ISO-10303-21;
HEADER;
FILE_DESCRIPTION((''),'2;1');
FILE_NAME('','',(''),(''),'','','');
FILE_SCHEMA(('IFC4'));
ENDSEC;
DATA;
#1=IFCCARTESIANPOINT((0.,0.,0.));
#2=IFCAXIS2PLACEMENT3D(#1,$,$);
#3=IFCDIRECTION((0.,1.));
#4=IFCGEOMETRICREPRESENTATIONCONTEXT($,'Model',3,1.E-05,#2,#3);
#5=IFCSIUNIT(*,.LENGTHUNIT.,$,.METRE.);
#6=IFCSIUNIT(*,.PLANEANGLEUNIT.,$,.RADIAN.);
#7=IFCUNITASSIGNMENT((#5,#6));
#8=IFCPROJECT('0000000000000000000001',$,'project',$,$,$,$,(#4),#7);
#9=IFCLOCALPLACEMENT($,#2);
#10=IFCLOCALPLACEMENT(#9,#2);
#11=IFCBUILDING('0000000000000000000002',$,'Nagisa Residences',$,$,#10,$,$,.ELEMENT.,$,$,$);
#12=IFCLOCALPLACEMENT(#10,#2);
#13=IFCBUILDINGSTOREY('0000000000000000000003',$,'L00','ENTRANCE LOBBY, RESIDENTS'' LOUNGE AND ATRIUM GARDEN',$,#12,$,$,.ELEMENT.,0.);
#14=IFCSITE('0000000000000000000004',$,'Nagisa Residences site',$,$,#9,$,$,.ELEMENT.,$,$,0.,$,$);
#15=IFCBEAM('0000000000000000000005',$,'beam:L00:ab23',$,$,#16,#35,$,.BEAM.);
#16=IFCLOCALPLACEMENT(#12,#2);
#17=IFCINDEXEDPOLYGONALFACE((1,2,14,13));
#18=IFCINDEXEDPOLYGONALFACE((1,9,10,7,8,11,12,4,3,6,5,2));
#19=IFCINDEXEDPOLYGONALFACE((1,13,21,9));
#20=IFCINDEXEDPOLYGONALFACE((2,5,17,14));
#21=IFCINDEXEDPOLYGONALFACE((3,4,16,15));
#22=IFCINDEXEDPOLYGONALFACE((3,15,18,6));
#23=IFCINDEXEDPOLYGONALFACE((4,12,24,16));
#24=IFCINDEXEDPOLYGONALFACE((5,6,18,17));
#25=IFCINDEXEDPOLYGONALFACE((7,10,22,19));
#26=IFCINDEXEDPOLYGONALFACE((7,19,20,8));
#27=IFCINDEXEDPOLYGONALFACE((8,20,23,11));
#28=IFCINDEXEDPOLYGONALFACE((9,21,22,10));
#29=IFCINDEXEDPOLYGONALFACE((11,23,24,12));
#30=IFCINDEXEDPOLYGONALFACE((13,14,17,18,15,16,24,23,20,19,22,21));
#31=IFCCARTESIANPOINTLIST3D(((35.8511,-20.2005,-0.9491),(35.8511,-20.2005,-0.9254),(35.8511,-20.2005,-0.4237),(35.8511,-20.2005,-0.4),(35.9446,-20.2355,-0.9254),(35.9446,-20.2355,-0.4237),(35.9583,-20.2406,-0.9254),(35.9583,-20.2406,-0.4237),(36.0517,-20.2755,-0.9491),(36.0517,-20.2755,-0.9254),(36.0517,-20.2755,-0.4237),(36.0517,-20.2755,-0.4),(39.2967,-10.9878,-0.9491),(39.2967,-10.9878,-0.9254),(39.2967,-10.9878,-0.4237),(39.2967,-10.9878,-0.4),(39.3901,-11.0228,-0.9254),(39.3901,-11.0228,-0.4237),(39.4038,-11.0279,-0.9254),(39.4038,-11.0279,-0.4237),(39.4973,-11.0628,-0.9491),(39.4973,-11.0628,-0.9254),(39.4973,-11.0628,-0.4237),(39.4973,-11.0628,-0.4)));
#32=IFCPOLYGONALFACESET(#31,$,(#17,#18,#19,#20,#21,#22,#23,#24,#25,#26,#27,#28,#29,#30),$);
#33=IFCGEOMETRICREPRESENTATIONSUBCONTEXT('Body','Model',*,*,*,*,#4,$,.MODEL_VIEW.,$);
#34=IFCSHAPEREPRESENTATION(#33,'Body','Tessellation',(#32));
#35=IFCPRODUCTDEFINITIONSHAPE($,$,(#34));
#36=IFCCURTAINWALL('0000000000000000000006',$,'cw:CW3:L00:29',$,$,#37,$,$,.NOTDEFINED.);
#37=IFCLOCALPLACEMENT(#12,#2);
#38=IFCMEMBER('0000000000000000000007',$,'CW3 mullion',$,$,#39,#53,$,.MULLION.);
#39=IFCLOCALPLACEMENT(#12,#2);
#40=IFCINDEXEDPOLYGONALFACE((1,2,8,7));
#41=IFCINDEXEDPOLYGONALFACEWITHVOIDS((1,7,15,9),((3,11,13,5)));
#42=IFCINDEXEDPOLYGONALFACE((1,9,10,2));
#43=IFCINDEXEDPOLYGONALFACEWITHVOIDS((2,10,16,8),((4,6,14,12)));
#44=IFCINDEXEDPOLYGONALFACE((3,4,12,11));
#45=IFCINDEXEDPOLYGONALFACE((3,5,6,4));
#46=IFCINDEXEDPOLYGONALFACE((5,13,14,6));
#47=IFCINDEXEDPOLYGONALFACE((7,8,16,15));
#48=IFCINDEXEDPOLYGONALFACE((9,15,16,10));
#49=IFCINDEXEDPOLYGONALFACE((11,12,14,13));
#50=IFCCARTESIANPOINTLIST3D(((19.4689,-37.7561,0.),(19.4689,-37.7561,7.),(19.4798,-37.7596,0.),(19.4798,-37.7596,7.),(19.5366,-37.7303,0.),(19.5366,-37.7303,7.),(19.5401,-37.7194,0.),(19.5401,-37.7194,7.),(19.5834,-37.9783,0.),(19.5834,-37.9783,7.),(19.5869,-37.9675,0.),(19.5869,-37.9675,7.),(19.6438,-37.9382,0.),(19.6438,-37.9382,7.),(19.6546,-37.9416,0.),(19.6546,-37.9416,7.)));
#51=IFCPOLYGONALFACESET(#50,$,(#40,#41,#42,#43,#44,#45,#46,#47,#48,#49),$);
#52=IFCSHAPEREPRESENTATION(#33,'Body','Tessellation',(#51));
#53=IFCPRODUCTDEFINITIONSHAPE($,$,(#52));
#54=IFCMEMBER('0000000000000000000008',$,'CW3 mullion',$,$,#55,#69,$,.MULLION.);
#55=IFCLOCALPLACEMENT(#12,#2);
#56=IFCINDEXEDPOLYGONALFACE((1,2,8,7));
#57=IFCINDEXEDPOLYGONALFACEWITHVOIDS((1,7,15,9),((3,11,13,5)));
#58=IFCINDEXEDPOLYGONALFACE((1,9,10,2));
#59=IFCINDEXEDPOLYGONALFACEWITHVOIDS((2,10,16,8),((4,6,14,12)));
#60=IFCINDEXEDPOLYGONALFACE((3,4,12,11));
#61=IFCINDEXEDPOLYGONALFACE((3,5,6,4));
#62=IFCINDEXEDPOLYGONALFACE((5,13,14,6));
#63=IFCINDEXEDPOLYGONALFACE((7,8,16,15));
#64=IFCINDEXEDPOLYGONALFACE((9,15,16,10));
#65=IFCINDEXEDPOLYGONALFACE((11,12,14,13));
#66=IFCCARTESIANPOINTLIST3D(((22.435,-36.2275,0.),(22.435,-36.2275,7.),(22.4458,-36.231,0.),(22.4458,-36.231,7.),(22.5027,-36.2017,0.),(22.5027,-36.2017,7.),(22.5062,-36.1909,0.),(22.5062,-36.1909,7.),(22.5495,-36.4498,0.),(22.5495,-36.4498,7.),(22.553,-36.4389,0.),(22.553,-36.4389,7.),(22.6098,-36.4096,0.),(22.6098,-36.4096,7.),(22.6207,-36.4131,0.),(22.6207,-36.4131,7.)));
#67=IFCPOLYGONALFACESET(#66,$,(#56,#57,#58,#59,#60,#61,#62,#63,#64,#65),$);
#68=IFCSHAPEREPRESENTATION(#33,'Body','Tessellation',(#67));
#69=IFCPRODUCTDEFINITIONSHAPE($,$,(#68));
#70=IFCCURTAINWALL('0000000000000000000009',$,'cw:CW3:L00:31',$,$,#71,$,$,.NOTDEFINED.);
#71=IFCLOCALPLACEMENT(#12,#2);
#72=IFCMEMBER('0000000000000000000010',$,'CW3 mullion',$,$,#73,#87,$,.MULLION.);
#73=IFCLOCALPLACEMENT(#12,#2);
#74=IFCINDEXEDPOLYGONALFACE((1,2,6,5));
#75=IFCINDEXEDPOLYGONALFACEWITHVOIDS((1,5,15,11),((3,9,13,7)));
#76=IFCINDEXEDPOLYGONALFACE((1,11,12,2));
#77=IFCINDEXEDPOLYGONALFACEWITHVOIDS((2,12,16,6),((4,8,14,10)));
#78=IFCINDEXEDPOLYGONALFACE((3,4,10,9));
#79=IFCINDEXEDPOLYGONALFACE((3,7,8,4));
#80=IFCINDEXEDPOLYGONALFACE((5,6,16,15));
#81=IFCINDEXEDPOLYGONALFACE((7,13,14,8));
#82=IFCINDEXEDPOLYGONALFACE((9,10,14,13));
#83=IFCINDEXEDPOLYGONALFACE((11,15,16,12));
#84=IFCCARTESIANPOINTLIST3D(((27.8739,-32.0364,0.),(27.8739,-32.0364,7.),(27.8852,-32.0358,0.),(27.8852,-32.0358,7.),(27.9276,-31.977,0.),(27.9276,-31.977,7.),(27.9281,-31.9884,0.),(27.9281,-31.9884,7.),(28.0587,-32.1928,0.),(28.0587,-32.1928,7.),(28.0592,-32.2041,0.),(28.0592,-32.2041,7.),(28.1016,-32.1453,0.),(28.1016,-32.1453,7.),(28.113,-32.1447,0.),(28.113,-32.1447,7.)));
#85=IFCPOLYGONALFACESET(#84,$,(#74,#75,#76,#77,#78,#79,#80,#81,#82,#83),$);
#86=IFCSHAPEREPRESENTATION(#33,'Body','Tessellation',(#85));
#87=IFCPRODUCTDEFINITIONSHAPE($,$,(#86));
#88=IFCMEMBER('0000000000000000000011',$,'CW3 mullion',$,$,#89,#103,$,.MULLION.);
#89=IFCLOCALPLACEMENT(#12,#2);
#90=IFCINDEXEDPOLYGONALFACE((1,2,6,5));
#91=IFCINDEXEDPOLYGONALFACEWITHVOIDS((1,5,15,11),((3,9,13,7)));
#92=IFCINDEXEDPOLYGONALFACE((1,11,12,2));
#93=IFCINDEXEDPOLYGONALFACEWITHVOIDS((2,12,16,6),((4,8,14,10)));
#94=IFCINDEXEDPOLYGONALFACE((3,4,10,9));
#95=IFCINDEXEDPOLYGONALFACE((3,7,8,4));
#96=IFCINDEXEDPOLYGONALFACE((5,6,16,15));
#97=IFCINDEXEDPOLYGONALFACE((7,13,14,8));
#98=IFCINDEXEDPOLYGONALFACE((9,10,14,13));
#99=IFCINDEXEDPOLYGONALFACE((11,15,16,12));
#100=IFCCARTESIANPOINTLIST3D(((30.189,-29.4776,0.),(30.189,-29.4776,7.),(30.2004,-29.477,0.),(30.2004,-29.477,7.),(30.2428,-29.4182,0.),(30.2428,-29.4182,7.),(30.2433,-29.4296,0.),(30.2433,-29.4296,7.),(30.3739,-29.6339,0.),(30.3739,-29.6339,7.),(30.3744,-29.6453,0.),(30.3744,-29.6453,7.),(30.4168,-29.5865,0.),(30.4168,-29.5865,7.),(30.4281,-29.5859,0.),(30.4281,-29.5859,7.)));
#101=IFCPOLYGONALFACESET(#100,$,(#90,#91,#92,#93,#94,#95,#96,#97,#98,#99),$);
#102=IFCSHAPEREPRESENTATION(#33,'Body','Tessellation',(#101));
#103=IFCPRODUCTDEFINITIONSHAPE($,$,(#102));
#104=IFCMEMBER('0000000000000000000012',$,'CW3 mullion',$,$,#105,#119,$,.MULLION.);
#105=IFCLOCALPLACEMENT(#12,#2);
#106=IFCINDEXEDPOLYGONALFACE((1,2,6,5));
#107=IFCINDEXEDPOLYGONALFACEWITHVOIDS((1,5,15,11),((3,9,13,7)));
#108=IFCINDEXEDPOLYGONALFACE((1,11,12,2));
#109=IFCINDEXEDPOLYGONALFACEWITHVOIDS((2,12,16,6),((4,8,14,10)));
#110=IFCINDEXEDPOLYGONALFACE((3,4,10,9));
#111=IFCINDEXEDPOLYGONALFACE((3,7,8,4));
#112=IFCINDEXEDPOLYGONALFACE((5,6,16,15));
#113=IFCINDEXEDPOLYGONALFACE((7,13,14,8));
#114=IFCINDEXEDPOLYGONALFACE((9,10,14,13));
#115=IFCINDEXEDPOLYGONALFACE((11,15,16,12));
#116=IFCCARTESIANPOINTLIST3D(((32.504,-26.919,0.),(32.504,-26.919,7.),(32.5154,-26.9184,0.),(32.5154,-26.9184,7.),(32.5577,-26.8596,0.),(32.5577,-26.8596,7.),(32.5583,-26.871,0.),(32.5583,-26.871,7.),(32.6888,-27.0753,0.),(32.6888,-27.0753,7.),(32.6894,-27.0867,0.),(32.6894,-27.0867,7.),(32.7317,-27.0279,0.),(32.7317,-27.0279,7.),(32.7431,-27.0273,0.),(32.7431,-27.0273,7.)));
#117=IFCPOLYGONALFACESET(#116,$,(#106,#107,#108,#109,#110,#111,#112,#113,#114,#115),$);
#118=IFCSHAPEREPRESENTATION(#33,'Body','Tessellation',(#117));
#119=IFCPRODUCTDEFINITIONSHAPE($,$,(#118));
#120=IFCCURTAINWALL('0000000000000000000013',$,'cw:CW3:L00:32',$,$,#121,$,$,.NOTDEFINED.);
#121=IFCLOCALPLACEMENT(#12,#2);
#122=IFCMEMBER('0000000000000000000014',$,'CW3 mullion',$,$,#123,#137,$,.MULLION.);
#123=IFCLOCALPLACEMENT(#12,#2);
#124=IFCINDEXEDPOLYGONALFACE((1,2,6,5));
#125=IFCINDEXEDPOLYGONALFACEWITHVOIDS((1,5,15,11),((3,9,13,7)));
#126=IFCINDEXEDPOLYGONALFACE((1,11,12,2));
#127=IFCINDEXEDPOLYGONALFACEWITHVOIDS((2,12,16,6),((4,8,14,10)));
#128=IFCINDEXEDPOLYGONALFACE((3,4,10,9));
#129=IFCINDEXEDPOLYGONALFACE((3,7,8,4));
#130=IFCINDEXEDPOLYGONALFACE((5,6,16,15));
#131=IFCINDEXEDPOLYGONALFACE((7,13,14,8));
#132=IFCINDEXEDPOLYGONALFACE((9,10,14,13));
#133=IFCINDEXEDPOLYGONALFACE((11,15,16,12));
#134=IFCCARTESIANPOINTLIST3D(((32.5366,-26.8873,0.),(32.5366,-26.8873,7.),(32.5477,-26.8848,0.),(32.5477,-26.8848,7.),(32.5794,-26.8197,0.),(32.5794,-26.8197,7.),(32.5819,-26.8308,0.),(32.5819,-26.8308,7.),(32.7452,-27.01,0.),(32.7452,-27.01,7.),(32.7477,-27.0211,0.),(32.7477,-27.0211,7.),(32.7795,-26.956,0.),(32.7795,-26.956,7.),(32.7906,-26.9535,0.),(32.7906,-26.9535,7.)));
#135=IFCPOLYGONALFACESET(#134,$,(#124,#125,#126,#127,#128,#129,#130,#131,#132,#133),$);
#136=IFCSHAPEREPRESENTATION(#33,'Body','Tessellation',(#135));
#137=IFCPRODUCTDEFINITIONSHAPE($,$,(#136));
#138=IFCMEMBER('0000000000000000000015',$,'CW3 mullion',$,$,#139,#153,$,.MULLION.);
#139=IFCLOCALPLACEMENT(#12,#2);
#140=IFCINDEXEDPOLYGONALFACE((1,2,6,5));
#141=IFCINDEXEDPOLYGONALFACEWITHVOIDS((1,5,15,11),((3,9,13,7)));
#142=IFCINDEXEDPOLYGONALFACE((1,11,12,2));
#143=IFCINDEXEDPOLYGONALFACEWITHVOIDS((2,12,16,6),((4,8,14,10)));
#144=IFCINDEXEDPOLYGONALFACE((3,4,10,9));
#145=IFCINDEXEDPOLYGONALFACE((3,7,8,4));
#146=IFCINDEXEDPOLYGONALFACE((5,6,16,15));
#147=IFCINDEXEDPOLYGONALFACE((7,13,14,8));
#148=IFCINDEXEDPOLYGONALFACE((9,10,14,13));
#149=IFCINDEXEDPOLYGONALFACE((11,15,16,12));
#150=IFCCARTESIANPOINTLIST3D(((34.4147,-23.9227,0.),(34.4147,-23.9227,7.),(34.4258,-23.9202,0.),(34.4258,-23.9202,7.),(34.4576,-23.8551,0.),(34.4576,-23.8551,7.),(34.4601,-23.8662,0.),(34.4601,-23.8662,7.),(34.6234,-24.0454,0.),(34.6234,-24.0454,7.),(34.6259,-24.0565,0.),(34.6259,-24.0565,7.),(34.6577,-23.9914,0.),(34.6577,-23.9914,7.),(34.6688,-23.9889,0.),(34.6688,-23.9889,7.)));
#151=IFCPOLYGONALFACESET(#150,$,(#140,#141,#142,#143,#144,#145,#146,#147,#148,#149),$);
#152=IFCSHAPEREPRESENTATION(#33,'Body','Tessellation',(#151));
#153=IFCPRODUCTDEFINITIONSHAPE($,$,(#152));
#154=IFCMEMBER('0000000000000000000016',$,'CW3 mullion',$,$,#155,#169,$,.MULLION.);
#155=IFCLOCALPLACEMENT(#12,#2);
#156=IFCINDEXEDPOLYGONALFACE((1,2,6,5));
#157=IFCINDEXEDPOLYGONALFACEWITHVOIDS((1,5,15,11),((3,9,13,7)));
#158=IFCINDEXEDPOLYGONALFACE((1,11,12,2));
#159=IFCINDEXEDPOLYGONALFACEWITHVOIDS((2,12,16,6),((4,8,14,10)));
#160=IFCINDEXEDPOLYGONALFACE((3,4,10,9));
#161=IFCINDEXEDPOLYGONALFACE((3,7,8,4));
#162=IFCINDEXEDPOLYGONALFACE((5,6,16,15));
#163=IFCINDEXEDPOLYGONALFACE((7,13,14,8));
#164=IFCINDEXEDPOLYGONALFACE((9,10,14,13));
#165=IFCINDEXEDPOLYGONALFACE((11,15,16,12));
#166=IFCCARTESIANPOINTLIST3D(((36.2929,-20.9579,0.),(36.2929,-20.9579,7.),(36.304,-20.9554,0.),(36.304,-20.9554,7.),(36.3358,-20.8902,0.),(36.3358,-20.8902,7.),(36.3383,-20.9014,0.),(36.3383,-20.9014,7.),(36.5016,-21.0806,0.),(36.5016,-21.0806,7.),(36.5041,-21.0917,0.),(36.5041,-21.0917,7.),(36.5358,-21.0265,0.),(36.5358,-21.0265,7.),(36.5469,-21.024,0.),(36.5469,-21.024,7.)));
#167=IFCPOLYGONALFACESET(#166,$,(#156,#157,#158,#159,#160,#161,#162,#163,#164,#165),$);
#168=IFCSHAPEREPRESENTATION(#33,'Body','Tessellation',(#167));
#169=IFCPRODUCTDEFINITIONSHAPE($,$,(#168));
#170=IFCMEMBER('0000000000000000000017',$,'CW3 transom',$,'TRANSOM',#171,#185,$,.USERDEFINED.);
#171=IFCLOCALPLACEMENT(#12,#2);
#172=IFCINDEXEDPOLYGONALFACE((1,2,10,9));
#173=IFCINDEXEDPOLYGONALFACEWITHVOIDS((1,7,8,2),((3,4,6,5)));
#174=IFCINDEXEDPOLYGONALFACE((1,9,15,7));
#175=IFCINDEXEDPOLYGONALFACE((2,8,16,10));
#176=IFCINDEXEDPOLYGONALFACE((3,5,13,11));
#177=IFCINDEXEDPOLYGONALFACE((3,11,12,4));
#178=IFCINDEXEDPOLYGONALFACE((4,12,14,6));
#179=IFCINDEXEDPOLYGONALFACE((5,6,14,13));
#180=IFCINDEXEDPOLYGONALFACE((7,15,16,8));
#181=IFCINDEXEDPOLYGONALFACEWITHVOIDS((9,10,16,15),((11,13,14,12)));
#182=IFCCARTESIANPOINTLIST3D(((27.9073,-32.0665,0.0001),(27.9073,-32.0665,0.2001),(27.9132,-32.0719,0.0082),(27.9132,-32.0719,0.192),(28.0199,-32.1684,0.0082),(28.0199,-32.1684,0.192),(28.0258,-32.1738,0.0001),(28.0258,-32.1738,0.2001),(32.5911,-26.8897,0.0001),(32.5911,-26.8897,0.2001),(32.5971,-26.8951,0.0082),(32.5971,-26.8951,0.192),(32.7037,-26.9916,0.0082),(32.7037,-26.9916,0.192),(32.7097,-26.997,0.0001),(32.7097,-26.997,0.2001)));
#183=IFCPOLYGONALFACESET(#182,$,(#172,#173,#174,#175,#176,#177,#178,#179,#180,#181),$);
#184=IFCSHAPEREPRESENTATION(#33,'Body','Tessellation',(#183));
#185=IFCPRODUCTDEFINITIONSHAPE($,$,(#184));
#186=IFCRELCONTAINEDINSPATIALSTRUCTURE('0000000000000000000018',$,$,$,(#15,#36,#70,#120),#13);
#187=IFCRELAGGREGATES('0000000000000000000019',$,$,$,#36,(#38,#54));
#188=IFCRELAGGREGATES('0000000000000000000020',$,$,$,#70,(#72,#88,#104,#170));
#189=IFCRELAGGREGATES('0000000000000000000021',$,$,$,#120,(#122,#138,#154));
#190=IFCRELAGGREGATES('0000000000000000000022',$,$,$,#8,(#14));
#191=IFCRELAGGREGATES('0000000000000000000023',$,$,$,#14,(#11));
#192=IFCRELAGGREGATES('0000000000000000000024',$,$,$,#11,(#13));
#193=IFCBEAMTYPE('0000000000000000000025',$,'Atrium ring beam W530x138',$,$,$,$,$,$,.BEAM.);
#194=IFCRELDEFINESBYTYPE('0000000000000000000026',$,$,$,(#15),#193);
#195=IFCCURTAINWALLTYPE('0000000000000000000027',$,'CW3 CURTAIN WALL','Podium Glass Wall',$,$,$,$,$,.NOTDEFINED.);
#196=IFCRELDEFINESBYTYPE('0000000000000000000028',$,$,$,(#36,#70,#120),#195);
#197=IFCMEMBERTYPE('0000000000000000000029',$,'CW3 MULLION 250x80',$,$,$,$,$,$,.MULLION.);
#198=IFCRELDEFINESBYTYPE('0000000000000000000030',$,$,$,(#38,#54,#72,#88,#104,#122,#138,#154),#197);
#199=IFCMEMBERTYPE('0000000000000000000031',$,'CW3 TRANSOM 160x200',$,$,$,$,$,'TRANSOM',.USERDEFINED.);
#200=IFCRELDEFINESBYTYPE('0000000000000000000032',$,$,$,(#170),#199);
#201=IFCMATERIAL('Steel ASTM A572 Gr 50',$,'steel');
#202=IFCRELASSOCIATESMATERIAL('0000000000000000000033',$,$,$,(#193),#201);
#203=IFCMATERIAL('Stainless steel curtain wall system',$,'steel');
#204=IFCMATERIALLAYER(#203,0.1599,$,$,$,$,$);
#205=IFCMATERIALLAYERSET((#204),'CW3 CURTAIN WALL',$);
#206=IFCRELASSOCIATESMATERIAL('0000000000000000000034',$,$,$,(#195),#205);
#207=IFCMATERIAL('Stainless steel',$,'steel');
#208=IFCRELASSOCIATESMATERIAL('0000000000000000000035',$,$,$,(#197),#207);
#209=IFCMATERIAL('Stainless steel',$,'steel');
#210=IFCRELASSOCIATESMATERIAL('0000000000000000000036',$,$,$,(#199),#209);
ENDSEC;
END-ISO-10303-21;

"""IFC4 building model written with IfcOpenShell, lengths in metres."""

from ifc_helpers import new_model, si_unit, direction, frame, origin, origin_2d, place, context, subcontext, project, spatial, hollow_rectangle, i_section, extrude, material, layer, layer_set, material_profile, profile_set, type_object, element, aggregate, save


model = new_model("IFC4")

# Units and contexts
model_context = context("Model", 3, precision=1e-05, world=origin(), true_north=direction((0.0, 1.0)))
body_context = subcontext(model_context, "Body", "Model", "MODEL_VIEW")
ifc_project = project(units=[si_unit("LENGTHUNIT", "METRE"), si_unit("PLANEANGLEUNIT", "RADIAN")], contexts=[model_context])

# Site, building, storey
site_placement = place(None, origin())
site = spatial("IfcSite", under=ifc_project, at=site_placement, Name="Nagisa Residences site", CompositionType="ELEMENT", RefElevation=0.0)
building_placement = place(site_placement, origin())
building = spatial("IfcBuilding", under=site, at=building_placement, Name="Nagisa Residences", CompositionType="ELEMENT")
storey_placement = place(building_placement, origin())
storey = spatial("IfcBuildingStorey", under=building, at=storey_placement, Name="L00", Description="ENTRANCE LOBBY, RESIDENTS' LOUNGE AND ATRIUM GARDEN", CompositionType="ELEMENT", Elevation=0.0)

# Beam
ifc_material_1 = material(Name="Steel ASTM A572 Gr 50", Category="steel")
ifc_material_profile_1 = material_profile(ifc_material_1, i_section(OverallWidth=0.2141, OverallDepth=0.5491, WebThickness=0.0146, FlangeThickness=0.0237, at=origin_2d()), Name="W530x138")
ifc_profile_set_1 = profile_set([ifc_material_profile_1], Name="Steel ASTM A572 Gr 50")
beam_type_1 = type_object("IfcBeamType", Name="Atrium ring beam W530x138", PredefinedType="BEAM", material=ifc_profile_set_1)
beam_1_placement = place(storey_placement, frame((35.9514, -20.238, -0.6746), z_axis=(0.350305, 0.936636, 0.0), x_axis=(-0.936636, 0.350305, 0.0)))
element("IfcBeam", 1, at=beam_1_placement, inside=storey, type_object=beam_type_1, Name="beam:L00:ab23", PredefinedType="BEAM", context=body_context, shape_type="SweptSolid", body=[
    extrude(i_section(OverallWidth=0.2141, OverallDepth=0.5491, WebThickness=0.0146, FlangeThickness=0.0237, at=origin_2d()), origin(), (0.0, 0.0, 1.0), 9.8359),
])

# Curtain walls, members
ifc_material_2 = material(Name="Stainless steel curtain wall system", Category="steel")
ifc_layer_1 = layer(ifc_material_2, 0.1599)
ifc_layer_set_1 = layer_set([ifc_layer_1], Name="CW3 CURTAIN WALL")
curtain_wall_type = type_object("IfcCurtainWallType", Name="CW3 CURTAIN WALL", Description="Podium Glass Wall", PredefinedType="NOTDEFINED", material=ifc_layer_set_1)
curtain_wall_1_placement = place(storey_placement, origin())
curtain_wall_1 = element("IfcCurtainWall", 2, at=curtain_wall_1_placement, inside=storey, type_object=curtain_wall_type, Name="cw:CW3:L00:29", PredefinedType="NOTDEFINED")
ifc_material_3 = material(Name="Stainless steel", Category="steel")
ifc_material_profile_2 = material_profile(ifc_material_3, hollow_rectangle(XDim=0.25, YDim=0.0801, WallThickness=0.0081, at=origin_2d()), Name="CW3 MULLION 250x80")
ifc_profile_set_2 = profile_set([ifc_material_profile_2], Name="Stainless steel")
member_type_1 = type_object("IfcMemberType", Name="CW3 MULLION 250x80", PredefinedType="MULLION", material=ifc_profile_set_2)
member_1_placement = place(storey_placement, frame((19.5618, -37.8489, 0.0), z_axis=(0.0, 0.0, 1.0), x_axis=(-0.458126, 0.888887, 0.0)))
member_1 = element("IfcMember", 3, at=member_1_placement, type_object=member_type_1, Name="CW3 mullion", PredefinedType="MULLION", context=body_context, shape_type="SweptSolid", body=[
    extrude(hollow_rectangle(XDim=0.25, YDim=0.0801, WallThickness=0.0081, at=origin_2d()), origin(), (0.0, 0.0, 1.0), 7.0),
])
member_2_placement = place(storey_placement, frame((22.5278, -36.3203, 0.0), z_axis=(0.0, 0.0, 1.0), x_axis=(-0.458126, 0.888887, 0.0)))
member_2 = element("IfcMember", 4, at=member_2_placement, type_object=member_type_1, Name="CW3 mullion", PredefinedType="MULLION", context=body_context, shape_type="SweptSolid", body=[
    extrude(hollow_rectangle(XDim=0.25, YDim=0.0801, WallThickness=0.0081, at=origin_2d()), origin(), (0.0, 0.0, 1.0), 7.0),
])
curtain_wall_2_placement = place(storey_placement, origin())
curtain_wall_2 = element("IfcCurtainWall", 5, at=curtain_wall_2_placement, inside=storey, type_object=curtain_wall_type, Name="cw:CW3:L00:31", PredefinedType="NOTDEFINED")
member_3_placement = place(storey_placement, frame((27.9934, -32.0906, 0.0), z_axis=(0.0, 0.0, 1.0), x_axis=(-0.741536, 0.670913, 0.0)))
member_3 = element("IfcMember", 6, at=member_3_placement, type_object=member_type_1, Name="CW3 mullion", PredefinedType="MULLION", context=body_context, shape_type="SweptSolid", body=[
    extrude(hollow_rectangle(XDim=0.25, YDim=0.0801, WallThickness=0.0081, at=origin_2d()), origin(), (0.0, 0.0, 1.0), 7.0),
])
member_4_placement = place(storey_placement, frame((30.3086, -29.5317, 0.0), z_axis=(0.0, 0.0, 1.0), x_axis=(-0.741536, 0.670913, 0.0)))
member_4 = element("IfcMember", 7, at=member_4_placement, type_object=member_type_1, Name="CW3 mullion", PredefinedType="MULLION", context=body_context, shape_type="SweptSolid", body=[
    extrude(hollow_rectangle(XDim=0.25, YDim=0.0801, WallThickness=0.0081, at=origin_2d()), origin(), (0.0, 0.0, 1.0), 7.0),
])
member_5_placement = place(storey_placement, frame((32.6235, -26.9731, 0.0), z_axis=(0.0, 0.0, 1.0), x_axis=(-0.741536, 0.670913, 0.0)))
member_5 = element("IfcMember", 8, at=member_5_placement, type_object=member_type_1, Name="CW3 mullion", PredefinedType="MULLION", context=body_context, shape_type="SweptSolid", body=[
    extrude(hollow_rectangle(XDim=0.25, YDim=0.0801, WallThickness=0.0081, at=origin_2d()), origin(), (0.0, 0.0, 1.0), 7.0),
])
curtain_wall_3_placement = place(storey_placement, origin())
curtain_wall_3 = element("IfcCurtainWall", 9, at=curtain_wall_3_placement, inside=storey, type_object=curtain_wall_type, Name="cw:CW3:L00:32", PredefinedType="NOTDEFINED")
member_6_placement = place(storey_placement, frame((32.6636, -26.9204, 0.0), z_axis=(0.0, 0.0, 1.0), x_axis=(-0.844747, 0.535165, 0.0)))
member_6 = element("IfcMember", 10, at=member_6_placement, type_object=member_type_1, Name="CW3 mullion", PredefinedType="MULLION", context=body_context, shape_type="SweptSolid", body=[
    extrude(hollow_rectangle(XDim=0.25, YDim=0.0801, WallThickness=0.0081, at=origin_2d()), origin(), (0.0, 0.0, 1.0), 7.0),
])
member_7_placement = place(storey_placement, frame((34.5417, -23.9558, 0.0), z_axis=(0.0, 0.0, 1.0), x_axis=(-0.844747, 0.535165, 0.0)))
member_7 = element("IfcMember", 11, at=member_7_placement, type_object=member_type_1, Name="CW3 mullion", PredefinedType="MULLION", context=body_context, shape_type="SweptSolid", body=[
    extrude(hollow_rectangle(XDim=0.25, YDim=0.0801, WallThickness=0.0081, at=origin_2d()), origin(), (0.0, 0.0, 1.0), 7.0),
])
member_8_placement = place(storey_placement, frame((36.4199, -20.991, 0.0), z_axis=(0.0, 0.0, 1.0), x_axis=(-0.844747, 0.535165, 0.0)))
member_8 = element("IfcMember", 12, at=member_8_placement, type_object=member_type_1, Name="CW3 mullion", PredefinedType="MULLION", context=body_context, shape_type="SweptSolid", body=[
    extrude(hollow_rectangle(XDim=0.25, YDim=0.0801, WallThickness=0.0081, at=origin_2d()), origin(), (0.0, 0.0, 1.0), 7.0),
])

# Member
ifc_material_4 = material(Name="Stainless steel", Category="steel")
ifc_material_profile_3 = material_profile(ifc_material_4, hollow_rectangle(XDim=0.1599, YDim=0.2, WallThickness=0.0081, at=origin_2d()), Name="CW3 TRANSOM 160x200")
ifc_profile_set_3 = profile_set([ifc_material_profile_3], Name="Stainless steel")
member_type_2 = type_object("IfcMemberType", Name="CW3 TRANSOM 160x200", ElementType="TRANSOM", PredefinedType="USERDEFINED", material=ifc_profile_set_3)
member_9_placement = place(storey_placement, frame((27.9666, -32.1201, 0.1001), z_axis=(0.670922, 0.741528, 0.0), x_axis=(-0.741528, 0.670922, 0.0)))
member_9 = element("IfcMember", 13, at=member_9_placement, type_object=member_type_2, Name="CW3 transom", ObjectType="TRANSOM", PredefinedType="USERDEFINED", context=body_context, shape_type="SweptSolid", body=[
    extrude(hollow_rectangle(XDim=0.1599, YDim=0.2, WallThickness=0.0081, at=origin_2d()), origin(), (0.0, 0.0, 1.0), 6.9812),
])

aggregate(curtain_wall_1, [member_1, member_2])
aggregate(curtain_wall_2, [member_3, member_4, member_5, member_9])
aggregate(curtain_wall_3, [member_6, member_7, member_8])

save(model, "model.ifc")
